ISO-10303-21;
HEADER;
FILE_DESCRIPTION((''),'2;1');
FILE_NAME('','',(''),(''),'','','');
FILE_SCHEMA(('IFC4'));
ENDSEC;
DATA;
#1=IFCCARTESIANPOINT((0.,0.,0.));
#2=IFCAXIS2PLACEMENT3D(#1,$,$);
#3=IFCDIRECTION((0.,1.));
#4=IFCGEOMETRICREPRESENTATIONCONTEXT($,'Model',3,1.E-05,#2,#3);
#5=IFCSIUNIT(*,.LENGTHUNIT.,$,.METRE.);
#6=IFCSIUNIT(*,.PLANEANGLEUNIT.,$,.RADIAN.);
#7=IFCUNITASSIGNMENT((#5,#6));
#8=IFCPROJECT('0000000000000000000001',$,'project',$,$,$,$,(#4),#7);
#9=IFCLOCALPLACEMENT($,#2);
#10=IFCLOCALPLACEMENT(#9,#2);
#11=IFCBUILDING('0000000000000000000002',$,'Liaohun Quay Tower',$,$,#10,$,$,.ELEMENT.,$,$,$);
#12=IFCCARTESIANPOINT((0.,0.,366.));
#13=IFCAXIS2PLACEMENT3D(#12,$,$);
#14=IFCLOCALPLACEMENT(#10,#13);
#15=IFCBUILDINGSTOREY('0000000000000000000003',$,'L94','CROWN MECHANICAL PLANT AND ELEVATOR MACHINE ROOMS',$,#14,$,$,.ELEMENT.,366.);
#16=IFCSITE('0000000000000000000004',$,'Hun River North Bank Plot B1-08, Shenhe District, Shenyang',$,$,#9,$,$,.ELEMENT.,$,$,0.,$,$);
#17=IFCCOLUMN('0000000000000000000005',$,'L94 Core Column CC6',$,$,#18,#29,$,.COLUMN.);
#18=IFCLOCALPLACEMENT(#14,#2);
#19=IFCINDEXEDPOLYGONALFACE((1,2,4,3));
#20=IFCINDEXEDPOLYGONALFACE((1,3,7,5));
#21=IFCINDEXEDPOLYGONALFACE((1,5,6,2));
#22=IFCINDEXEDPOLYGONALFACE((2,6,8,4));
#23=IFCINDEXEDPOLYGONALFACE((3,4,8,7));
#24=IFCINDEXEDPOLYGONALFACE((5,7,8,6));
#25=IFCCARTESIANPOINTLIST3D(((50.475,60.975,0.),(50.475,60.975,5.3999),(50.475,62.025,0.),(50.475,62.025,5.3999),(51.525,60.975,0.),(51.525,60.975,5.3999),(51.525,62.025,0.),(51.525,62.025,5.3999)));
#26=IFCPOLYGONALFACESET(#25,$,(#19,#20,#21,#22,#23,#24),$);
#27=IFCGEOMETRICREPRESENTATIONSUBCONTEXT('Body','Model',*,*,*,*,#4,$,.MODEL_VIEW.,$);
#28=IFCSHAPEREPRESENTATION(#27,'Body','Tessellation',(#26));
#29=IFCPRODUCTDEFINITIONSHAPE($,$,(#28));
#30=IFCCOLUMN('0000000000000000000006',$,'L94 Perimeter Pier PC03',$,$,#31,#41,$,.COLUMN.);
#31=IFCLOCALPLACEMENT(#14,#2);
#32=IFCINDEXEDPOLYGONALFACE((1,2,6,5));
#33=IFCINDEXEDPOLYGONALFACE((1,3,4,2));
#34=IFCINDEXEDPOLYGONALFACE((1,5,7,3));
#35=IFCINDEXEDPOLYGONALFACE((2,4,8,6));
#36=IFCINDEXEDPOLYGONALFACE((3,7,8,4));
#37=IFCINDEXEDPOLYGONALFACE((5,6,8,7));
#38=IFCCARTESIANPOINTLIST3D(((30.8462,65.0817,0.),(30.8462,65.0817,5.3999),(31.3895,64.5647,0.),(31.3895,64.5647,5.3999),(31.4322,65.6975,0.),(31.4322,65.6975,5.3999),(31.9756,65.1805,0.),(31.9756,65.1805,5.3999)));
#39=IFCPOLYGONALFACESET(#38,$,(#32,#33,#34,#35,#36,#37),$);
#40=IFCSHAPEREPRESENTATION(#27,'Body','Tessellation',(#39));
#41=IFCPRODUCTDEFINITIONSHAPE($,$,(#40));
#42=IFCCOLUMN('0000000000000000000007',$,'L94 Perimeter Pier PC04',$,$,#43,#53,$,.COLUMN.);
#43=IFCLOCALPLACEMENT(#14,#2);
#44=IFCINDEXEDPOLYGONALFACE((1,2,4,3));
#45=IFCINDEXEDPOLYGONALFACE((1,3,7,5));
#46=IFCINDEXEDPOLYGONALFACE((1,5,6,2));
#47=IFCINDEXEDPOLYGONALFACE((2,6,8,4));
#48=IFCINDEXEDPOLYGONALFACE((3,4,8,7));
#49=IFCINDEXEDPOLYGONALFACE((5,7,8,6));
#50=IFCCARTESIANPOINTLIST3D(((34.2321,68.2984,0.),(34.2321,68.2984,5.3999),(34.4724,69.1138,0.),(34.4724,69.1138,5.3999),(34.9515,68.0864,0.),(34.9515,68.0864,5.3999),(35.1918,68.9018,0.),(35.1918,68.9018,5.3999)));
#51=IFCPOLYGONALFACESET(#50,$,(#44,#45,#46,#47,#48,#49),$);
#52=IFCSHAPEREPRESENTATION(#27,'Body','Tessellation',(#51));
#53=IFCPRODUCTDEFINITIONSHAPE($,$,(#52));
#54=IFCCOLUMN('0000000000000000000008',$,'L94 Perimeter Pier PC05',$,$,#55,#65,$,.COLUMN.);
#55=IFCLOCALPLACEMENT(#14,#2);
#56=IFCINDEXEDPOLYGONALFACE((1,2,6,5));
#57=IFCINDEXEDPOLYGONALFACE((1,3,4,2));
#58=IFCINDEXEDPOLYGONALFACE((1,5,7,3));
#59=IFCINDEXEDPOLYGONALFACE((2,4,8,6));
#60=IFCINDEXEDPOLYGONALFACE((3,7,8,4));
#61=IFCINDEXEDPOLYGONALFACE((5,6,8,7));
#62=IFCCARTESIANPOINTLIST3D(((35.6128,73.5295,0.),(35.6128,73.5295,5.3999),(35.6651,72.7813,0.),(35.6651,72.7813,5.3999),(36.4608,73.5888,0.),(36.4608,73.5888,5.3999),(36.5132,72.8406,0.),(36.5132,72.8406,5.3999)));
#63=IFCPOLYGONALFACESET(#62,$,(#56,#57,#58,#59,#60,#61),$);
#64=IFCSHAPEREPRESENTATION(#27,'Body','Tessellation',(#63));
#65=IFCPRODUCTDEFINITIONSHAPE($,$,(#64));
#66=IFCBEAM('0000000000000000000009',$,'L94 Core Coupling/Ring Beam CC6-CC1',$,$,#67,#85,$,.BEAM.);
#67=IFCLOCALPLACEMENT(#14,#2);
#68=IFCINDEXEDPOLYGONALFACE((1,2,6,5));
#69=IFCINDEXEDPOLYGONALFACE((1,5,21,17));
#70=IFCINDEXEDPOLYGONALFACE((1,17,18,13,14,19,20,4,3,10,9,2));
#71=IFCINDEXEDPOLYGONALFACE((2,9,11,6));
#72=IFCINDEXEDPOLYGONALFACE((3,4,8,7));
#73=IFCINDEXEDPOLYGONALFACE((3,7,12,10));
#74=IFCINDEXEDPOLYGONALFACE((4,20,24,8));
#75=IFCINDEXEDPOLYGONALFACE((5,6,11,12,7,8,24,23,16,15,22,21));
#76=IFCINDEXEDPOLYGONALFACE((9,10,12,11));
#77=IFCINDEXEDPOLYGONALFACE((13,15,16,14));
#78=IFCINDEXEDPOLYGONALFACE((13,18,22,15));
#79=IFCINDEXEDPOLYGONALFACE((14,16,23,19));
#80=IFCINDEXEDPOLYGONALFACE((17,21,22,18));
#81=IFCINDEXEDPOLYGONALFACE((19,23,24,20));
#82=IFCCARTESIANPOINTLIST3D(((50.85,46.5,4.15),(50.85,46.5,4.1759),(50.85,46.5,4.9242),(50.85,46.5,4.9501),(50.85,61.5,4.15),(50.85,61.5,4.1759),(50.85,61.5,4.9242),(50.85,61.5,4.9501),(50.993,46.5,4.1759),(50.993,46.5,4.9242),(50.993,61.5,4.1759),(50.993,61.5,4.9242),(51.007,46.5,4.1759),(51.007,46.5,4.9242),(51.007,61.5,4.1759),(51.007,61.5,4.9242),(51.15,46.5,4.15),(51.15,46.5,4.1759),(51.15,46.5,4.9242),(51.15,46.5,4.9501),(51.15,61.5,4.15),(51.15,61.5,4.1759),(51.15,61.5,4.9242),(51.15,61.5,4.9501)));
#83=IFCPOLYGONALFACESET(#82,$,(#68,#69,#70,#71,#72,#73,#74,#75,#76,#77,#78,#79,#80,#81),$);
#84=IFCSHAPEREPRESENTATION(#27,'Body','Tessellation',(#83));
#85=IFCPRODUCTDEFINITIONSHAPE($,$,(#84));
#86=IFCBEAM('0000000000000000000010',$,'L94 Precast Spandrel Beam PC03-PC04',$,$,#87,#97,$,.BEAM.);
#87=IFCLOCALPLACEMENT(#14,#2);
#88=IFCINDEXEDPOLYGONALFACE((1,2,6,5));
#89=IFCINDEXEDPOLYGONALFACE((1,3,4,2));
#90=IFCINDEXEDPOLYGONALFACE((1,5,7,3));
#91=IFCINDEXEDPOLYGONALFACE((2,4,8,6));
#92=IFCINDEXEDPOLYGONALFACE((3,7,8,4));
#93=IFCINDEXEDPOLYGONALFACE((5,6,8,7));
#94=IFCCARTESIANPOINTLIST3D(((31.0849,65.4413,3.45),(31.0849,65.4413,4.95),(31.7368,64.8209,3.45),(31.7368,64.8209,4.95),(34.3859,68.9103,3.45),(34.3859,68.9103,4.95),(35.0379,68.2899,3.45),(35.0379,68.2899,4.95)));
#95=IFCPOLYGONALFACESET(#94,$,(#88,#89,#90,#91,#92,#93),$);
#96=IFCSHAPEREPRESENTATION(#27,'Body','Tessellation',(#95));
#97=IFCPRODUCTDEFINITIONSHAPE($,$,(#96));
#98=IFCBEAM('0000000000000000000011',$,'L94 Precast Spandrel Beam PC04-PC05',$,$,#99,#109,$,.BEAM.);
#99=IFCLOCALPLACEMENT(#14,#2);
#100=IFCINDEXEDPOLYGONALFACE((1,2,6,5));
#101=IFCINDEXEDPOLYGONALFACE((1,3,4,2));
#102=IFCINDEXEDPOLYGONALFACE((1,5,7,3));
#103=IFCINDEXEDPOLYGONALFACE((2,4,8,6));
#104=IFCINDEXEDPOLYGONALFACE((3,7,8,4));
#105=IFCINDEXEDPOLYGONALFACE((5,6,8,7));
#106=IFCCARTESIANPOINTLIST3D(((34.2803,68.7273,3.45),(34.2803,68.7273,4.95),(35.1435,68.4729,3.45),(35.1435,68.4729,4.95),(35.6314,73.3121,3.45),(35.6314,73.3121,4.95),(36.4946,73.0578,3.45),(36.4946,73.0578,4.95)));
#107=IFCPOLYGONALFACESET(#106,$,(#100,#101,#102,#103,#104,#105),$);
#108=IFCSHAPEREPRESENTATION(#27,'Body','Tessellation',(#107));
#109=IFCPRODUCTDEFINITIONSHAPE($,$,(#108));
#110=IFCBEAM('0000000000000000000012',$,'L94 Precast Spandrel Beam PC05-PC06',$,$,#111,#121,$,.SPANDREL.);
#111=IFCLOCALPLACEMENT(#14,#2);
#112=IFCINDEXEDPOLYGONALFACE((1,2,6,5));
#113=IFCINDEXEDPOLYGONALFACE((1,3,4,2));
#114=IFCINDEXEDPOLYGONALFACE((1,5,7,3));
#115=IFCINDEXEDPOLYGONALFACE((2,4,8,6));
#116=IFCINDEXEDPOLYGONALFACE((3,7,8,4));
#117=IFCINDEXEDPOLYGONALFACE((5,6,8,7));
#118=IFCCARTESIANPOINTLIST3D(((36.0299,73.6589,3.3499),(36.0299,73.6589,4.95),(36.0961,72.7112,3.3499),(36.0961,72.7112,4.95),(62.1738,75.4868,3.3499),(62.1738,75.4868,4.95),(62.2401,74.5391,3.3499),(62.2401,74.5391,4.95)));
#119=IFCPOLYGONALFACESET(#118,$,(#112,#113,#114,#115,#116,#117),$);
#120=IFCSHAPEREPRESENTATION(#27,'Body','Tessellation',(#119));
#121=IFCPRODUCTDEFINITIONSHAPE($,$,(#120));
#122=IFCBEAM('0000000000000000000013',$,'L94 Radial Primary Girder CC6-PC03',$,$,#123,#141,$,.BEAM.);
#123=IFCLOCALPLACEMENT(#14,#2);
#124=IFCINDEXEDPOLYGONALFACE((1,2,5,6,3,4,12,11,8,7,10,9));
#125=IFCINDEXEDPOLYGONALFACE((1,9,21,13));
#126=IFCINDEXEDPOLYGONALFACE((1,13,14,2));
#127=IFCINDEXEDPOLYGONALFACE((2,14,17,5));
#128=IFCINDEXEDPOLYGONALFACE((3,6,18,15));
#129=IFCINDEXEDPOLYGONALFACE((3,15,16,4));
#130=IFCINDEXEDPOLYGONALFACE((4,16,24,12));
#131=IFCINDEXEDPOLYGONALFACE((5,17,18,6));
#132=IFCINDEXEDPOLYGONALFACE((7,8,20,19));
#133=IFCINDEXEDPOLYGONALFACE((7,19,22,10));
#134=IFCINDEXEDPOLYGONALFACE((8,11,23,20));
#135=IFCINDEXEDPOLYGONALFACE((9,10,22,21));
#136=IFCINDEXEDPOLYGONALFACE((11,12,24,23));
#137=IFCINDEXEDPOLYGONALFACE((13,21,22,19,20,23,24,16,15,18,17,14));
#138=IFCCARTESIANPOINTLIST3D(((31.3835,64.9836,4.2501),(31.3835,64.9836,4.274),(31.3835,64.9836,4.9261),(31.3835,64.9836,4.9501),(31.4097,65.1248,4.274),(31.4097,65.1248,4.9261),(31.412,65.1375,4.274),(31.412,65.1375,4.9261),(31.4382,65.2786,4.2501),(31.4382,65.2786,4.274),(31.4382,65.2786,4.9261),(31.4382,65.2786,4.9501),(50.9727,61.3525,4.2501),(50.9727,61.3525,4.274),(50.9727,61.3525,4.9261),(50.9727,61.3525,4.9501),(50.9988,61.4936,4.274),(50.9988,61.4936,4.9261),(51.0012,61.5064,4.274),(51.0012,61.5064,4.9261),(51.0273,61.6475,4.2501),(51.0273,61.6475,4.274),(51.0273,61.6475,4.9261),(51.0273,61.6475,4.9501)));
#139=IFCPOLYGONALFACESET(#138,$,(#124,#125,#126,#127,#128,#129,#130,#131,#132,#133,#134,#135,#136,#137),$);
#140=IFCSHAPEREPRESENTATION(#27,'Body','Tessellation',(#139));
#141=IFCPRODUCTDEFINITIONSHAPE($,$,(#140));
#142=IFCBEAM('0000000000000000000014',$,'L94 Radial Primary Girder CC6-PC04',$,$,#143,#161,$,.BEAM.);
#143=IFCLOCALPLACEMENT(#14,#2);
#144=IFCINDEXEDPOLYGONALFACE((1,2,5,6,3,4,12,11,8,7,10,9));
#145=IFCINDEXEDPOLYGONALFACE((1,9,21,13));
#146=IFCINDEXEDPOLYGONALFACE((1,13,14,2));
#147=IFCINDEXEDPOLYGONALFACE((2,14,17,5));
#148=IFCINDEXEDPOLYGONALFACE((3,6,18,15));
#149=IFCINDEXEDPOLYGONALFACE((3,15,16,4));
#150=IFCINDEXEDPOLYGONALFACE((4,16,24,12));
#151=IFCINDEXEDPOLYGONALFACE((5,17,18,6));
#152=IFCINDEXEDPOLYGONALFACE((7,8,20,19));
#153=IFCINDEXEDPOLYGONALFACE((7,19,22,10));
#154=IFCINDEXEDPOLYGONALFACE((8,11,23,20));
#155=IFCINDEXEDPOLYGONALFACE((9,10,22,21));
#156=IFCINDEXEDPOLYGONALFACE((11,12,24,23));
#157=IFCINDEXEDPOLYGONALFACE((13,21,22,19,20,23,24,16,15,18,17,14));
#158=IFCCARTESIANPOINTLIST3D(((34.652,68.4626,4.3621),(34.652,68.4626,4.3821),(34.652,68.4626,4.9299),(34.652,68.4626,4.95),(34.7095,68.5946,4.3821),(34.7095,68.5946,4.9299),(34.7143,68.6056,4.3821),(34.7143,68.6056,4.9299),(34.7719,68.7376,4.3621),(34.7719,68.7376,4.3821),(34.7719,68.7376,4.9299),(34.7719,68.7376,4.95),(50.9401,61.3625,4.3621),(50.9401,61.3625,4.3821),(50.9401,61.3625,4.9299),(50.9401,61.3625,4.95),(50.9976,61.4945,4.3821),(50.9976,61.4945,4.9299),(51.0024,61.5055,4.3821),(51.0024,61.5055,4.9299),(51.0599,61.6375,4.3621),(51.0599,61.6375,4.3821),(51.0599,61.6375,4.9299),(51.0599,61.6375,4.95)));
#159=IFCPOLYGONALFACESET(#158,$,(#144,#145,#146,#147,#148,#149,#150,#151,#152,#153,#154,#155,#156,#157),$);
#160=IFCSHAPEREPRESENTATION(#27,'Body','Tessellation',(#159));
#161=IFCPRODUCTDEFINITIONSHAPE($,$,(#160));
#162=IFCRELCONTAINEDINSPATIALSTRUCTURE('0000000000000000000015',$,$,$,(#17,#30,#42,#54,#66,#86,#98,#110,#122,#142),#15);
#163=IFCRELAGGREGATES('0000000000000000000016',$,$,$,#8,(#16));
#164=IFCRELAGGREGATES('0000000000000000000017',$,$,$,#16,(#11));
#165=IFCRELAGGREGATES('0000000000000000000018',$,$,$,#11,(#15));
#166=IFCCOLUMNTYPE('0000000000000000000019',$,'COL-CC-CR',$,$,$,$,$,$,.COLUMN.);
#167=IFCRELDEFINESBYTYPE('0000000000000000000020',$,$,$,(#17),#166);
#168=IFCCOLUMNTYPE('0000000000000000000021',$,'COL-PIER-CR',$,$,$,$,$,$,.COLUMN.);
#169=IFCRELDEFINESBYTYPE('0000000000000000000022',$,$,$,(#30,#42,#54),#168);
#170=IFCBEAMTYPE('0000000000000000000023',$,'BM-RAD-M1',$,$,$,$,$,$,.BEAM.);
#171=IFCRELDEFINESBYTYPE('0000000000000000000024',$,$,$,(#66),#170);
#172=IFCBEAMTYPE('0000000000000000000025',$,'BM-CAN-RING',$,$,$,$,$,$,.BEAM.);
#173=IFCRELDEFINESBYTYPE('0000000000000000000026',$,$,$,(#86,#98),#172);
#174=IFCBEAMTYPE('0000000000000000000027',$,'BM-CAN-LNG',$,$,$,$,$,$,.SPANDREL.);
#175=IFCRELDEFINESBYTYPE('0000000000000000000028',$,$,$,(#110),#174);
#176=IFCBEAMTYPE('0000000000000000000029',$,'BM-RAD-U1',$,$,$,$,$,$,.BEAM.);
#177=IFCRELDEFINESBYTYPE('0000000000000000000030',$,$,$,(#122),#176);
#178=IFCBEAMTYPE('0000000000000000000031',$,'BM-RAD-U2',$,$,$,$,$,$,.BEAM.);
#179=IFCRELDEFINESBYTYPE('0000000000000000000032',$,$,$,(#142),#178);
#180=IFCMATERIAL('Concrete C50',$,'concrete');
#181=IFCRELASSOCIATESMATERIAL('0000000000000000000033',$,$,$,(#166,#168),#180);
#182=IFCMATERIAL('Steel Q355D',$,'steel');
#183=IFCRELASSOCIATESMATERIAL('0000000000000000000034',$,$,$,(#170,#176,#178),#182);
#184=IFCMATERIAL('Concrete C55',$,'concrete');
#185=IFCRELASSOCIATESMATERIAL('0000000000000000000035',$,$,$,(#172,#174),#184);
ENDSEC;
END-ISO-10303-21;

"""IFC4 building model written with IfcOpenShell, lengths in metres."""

from ifc_helpers import new_model, si_unit, direction, frame, origin, origin_2d, place, context, subcontext, project, spatial, rectangle, i_section, extrude, source, transform, mapped, material, material_profile, profile_set, type_object, element, save


model = new_model("IFC4")

# Units and contexts
model_context = context("Model", 3, precision=1e-05, world=origin(), true_north=direction((0.0, 1.0)))
body_context = subcontext(model_context, "Body", "Model", "MODEL_VIEW")
ifc_project = project(units=[si_unit("LENGTHUNIT", "METRE"), si_unit("PLANEANGLEUNIT", "RADIAN")], contexts=[model_context])

# Site, building, storey
site_placement = place(None, origin())
site = spatial("IfcSite", under=ifc_project, at=site_placement, Name="Hun River North Bank Plot B1-08, Shenhe District, Shenyang", CompositionType="ELEMENT", RefElevation=0.0)
building_placement = place(site_placement, origin())
building = spatial("IfcBuilding", under=site, at=building_placement, Name="Liaohun Quay Tower", CompositionType="ELEMENT")
storey_placement = place(building_placement, frame((0.0, 0.0, 366.0)))
storey = spatial("IfcBuildingStorey", under=building, at=storey_placement, Name="L94", Description="CROWN MECHANICAL PLANT AND ELEVATOR MACHINE ROOMS", CompositionType="ELEMENT", Elevation=366.0)

# Columns
ifc_material_1 = material(Name="Concrete C50", Category="concrete")
ifc_material_profile_1 = material_profile(ifc_material_1, rectangle(XDim=1.05, YDim=1.05, at=origin_2d()), Name="RC1050x1050")
ifc_profile_set_1 = profile_set([ifc_material_profile_1], Name="Concrete C50")
column_type_1 = type_object("IfcColumnType", Name="COL-CC-CR", PredefinedType="COLUMN", material=ifc_profile_set_1)
shared_shape_1 = source(origin(), body_context, "Body", "SweptSolid", [
    extrude(rectangle(XDim=1.05, YDim=1.05, at=origin_2d()), origin(), (0.0, 0.0, 1.0), 5.3999),
])
column_placement = place(storey_placement, frame((51.0, 61.5, 0.0), z_axis=(0.0, 0.0, 1.0), x_axis=(1.0, 0.0, 0.0)))
element("IfcColumn", 1, at=column_placement, inside=storey, type_object=column_type_1, Name="L94 Core Column CC6", PredefinedType="COLUMN", context=body_context, shape_type="MappedRepresentation", body=[
    mapped(shared_shape_1, transform((0.0, 0.0, 0.0), x_axis=(1.0, 0.0, 0.0), y_axis=(0.0, 1.0, 0.0), z_axis=(0.0, 0.0, 1.0), scale=1.0)),
])
ifc_material_profile_2 = material_profile(ifc_material_1, rectangle(XDim=0.8501, YDim=0.75, at=origin_2d()), Name="RC850x750")
ifc_profile_set_2 = profile_set([ifc_material_profile_2], Name="Concrete C50")
column_type_2 = type_object("IfcColumnType", Name="COL-PIER-CR", PredefinedType="COLUMN", material=ifc_profile_set_2)
shared_shape_2 = source(origin(), body_context, "Body", "SweptSolid", [
    extrude(rectangle(XDim=0.8501, YDim=0.75, at=origin_2d()), origin(), (0.0, 0.0, 1.0), 5.3999),
])
for number, where, z_axis, x_axis, name in (
    (2, (31.4109, 65.1311, 0.0), (0.0, 0.0, 1.0), (0.689367, 0.724413, 0.0), "L94 Perimeter Pier PC03"),
    (3, (34.7119, 68.6001, 0.0), (0.0, 0.0, 1.0), (0.282676, 0.959215, 0.0), "L94 Perimeter Pier PC04"),
    (4, (36.063, 73.1851, 0.0), (0.0, 0.0, 1.0), (0.997564, 0.069756, 0.0), "L94 Perimeter Pier PC05"),
):
    element("IfcColumn", number, at=place(storey_placement, frame(where, z_axis=z_axis, x_axis=x_axis)), inside=storey, type_object=column_type_2, Name=name, PredefinedType="COLUMN", context=body_context, shape_type="MappedRepresentation", body=[
        mapped(shared_shape_2, transform((0.0, 0.0, 0.0), x_axis=(1.0, 0.0, 0.0), y_axis=(0.0, 1.0, 0.0), z_axis=(0.0, 0.0, 1.0), scale=1.0)),
    ])

# Beams
ifc_material_2 = material(Name="Steel Q355D", Category="steel")
ifc_material_profile_3 = material_profile(ifc_material_2, i_section(OverallWidth=0.3, OverallDepth=0.8, WebThickness=0.0139, FlangeThickness=0.0259, at=origin_2d()), Name="HN800x300x14x26")
ifc_profile_set_3 = profile_set([ifc_material_profile_3], Name="Steel Q355D")
beam_type_1 = type_object("IfcBeamType", Name="BM-RAD-M1", PredefinedType="BEAM", material=ifc_profile_set_3)
shared_shape_3 = source(origin(), body_context, "Body", "SweptSolid", [
    extrude(i_section(OverallWidth=0.3, OverallDepth=0.8, WebThickness=0.0139, FlangeThickness=0.0259, at=origin_2d()), origin(), (0.0, 0.0, 1.0), 15.0),
])
beam_1_placement = place(storey_placement, frame((51.0, 61.5, 4.55), z_axis=(0.0, -1.0, 0.0), x_axis=(1.0, 0.0, 0.0)))
element("IfcBeam", 5, at=beam_1_placement, inside=storey, type_object=beam_type_1, Name="L94 Core Coupling/Ring Beam CC6-CC1", PredefinedType="BEAM", context=body_context, shape_type="MappedRepresentation", body=[
    mapped(shared_shape_3, transform((0.0, 0.0, 0.0), x_axis=(1.0, 0.0, 0.0), y_axis=(0.0, 1.0, 0.0), z_axis=(0.0, 0.0, 1.0), scale=1.0)),
])
ifc_material_3 = material(Name="Concrete C55", Category="concrete")
ifc_material_profile_4 = material_profile(ifc_material_3, rectangle(XDim=0.8999, YDim=1.5, at=origin_2d()), Name="RC900x1500")
ifc_profile_set_4 = profile_set([ifc_material_profile_4], Name="Concrete C55")
beam_type_2 = type_object("IfcBeamType", Name="BM-CAN-RING", PredefinedType="BEAM", material=ifc_profile_set_4)
shared_shape_4 = source(origin(), body_context, "Body", "SweptSolid", [
    extrude(rectangle(XDim=0.8999, YDim=1.5, at=origin_2d()), origin(), (0.0, 0.0, 1.0), 4.7886),
])
beam_2_placement = place(storey_placement, frame((31.4109, 65.1311, 4.2), z_axis=(0.689351, 0.724428, 0.0), x_axis=(-0.724428, 0.689351, 0.0)))
element("IfcBeam", 6, at=beam_2_placement, inside=storey, type_object=beam_type_2, Name="L94 Precast Spandrel Beam PC03-PC04", PredefinedType="BEAM", context=body_context, shape_type="MappedRepresentation", body=[
    mapped(shared_shape_4, transform((0.0, 0.0, 0.0), x_axis=(1.0, 0.0, 0.0), y_axis=(0.0, 1.0, 0.0), z_axis=(0.0, 0.0, 1.0), scale=1.0)),
])
shared_shape_5 = source(origin(), body_context, "Body", "SweptSolid", [
    extrude(rectangle(XDim=0.8999, YDim=1.5, at=origin_2d()), origin(), (0.0, 0.0, 1.0), 4.7798),
])
beam_3_placement = place(storey_placement, frame((34.7119, 68.6001, 4.2), z_axis=(0.282659, 0.959221, 0.0), x_axis=(-0.959221, 0.282659, 0.0)))
element("IfcBeam", 7, at=beam_3_placement, inside=storey, type_object=beam_type_2, Name="L94 Precast Spandrel Beam PC04-PC05", PredefinedType="BEAM", context=body_context, shape_type="MappedRepresentation", body=[
    mapped(shared_shape_5, transform((0.0, 0.0, 0.0), x_axis=(1.0, 0.0, 0.0), y_axis=(0.0, 1.0, 0.0), z_axis=(0.0, 0.0, 1.0), scale=1.0)),
])
ifc_material_profile_5 = material_profile(ifc_material_3, rectangle(XDim=0.95, YDim=1.6001, at=origin_2d()), Name="RC950x1600")
ifc_profile_set_5 = profile_set([ifc_material_profile_5], Name="Concrete C55")
beam_type_3 = type_object("IfcBeamType", Name="BM-CAN-LNG", PredefinedType="SPANDREL", material=ifc_profile_set_5)
shared_shape_6 = source(origin(), body_context, "Body", "SweptSolid", [
    extrude(rectangle(XDim=0.95, YDim=1.6001, at=origin_2d()), origin(), (0.0, 0.0, 1.0), 26.2078),
])
beam_4_placement = place(storey_placement, frame((36.063, 73.1851, 4.1499), z_axis=(0.997565, 0.069746, 0.0), x_axis=(-0.069746, 0.997565, 0.0)))
element("IfcBeam", 8, at=beam_4_placement, inside=storey, type_object=beam_type_3, Name="L94 Precast Spandrel Beam PC05-PC06", PredefinedType="SPANDREL", context=body_context, shape_type="MappedRepresentation", body=[
    mapped(shared_shape_6, transform((0.0, 0.0, 0.0), x_axis=(1.0, 0.0, 0.0), y_axis=(0.0, 1.0, 0.0), z_axis=(0.0, 0.0, 1.0), scale=1.0)),
])
ifc_material_profile_6 = material_profile(ifc_material_2, i_section(OverallWidth=0.3, OverallDepth=0.7, WebThickness=0.0129, FlangeThickness=0.0239, at=origin_2d()), Name="HN700x300x13x24")
ifc_profile_set_6 = profile_set([ifc_material_profile_6], Name="Steel Q355D")
beam_type_4 = type_object("IfcBeamType", Name="BM-RAD-U1", PredefinedType="BEAM", material=ifc_profile_set_6)
shared_shape_7 = source(origin(), body_context, "Body", "SweptSolid", [
    extrude(i_section(OverallWidth=0.3, OverallDepth=0.7, WebThickness=0.0129, FlangeThickness=0.0239, at=origin_2d()), origin(), (0.0, 0.0, 1.0), 19.9229),
])
beam_5_placement = place(storey_placement, frame((51.0, 61.5, 4.6001), z_axis=(-0.983251, 0.182259, 0.0), x_axis=(-0.182259, -0.983251, 0.0)))
element("IfcBeam", 9, at=beam_5_placement, inside=storey, type_object=beam_type_4, Name="L94 Radial Primary Girder CC6-PC03", PredefinedType="BEAM", context=body_context, shape_type="MappedRepresentation", body=[
    mapped(shared_shape_7, transform((0.0, 0.0, 0.0), x_axis=(1.0, 0.0, 0.0), y_axis=(0.0, 1.0, 0.0), z_axis=(0.0, 0.0, 1.0), scale=1.0)),
])
ifc_material_profile_7 = material_profile(ifc_material_2, i_section(OverallWidth=0.3, OverallDepth=0.5879, WebThickness=0.012, FlangeThickness=0.02, at=origin_2d()), Name="HM588x300x12x20")
ifc_profile_set_7 = profile_set([ifc_material_profile_7], Name="Steel Q355D")
beam_type_5 = type_object("IfcBeamType", Name="BM-RAD-U2", PredefinedType="BEAM", material=ifc_profile_set_7)
shared_shape_8 = source(origin(), body_context, "Body", "SweptSolid", [
    extrude(i_section(OverallWidth=0.3, OverallDepth=0.5879, WebThickness=0.012, FlangeThickness=0.02, at=origin_2d()), origin(), (0.0, 0.0, 1.0), 17.7683),
])
beam_6_placement = place(storey_placement, frame((51.0, 61.5, 4.656), z_axis=(-0.916693, 0.399593, 0.0), x_axis=(-0.399593, -0.916693, 0.0)))
element("IfcBeam", 10, at=beam_6_placement, inside=storey, type_object=beam_type_5, Name="L94 Radial Primary Girder CC6-PC04", PredefinedType="BEAM", context=body_context, shape_type="MappedRepresentation", body=[
    mapped(shared_shape_8, transform((0.0, 0.0, 0.0), x_axis=(1.0, 0.0, 0.0), y_axis=(0.0, 1.0, 0.0), z_axis=(0.0, 0.0, 1.0), scale=1.0)),
])

save(model, "model.ifc")
